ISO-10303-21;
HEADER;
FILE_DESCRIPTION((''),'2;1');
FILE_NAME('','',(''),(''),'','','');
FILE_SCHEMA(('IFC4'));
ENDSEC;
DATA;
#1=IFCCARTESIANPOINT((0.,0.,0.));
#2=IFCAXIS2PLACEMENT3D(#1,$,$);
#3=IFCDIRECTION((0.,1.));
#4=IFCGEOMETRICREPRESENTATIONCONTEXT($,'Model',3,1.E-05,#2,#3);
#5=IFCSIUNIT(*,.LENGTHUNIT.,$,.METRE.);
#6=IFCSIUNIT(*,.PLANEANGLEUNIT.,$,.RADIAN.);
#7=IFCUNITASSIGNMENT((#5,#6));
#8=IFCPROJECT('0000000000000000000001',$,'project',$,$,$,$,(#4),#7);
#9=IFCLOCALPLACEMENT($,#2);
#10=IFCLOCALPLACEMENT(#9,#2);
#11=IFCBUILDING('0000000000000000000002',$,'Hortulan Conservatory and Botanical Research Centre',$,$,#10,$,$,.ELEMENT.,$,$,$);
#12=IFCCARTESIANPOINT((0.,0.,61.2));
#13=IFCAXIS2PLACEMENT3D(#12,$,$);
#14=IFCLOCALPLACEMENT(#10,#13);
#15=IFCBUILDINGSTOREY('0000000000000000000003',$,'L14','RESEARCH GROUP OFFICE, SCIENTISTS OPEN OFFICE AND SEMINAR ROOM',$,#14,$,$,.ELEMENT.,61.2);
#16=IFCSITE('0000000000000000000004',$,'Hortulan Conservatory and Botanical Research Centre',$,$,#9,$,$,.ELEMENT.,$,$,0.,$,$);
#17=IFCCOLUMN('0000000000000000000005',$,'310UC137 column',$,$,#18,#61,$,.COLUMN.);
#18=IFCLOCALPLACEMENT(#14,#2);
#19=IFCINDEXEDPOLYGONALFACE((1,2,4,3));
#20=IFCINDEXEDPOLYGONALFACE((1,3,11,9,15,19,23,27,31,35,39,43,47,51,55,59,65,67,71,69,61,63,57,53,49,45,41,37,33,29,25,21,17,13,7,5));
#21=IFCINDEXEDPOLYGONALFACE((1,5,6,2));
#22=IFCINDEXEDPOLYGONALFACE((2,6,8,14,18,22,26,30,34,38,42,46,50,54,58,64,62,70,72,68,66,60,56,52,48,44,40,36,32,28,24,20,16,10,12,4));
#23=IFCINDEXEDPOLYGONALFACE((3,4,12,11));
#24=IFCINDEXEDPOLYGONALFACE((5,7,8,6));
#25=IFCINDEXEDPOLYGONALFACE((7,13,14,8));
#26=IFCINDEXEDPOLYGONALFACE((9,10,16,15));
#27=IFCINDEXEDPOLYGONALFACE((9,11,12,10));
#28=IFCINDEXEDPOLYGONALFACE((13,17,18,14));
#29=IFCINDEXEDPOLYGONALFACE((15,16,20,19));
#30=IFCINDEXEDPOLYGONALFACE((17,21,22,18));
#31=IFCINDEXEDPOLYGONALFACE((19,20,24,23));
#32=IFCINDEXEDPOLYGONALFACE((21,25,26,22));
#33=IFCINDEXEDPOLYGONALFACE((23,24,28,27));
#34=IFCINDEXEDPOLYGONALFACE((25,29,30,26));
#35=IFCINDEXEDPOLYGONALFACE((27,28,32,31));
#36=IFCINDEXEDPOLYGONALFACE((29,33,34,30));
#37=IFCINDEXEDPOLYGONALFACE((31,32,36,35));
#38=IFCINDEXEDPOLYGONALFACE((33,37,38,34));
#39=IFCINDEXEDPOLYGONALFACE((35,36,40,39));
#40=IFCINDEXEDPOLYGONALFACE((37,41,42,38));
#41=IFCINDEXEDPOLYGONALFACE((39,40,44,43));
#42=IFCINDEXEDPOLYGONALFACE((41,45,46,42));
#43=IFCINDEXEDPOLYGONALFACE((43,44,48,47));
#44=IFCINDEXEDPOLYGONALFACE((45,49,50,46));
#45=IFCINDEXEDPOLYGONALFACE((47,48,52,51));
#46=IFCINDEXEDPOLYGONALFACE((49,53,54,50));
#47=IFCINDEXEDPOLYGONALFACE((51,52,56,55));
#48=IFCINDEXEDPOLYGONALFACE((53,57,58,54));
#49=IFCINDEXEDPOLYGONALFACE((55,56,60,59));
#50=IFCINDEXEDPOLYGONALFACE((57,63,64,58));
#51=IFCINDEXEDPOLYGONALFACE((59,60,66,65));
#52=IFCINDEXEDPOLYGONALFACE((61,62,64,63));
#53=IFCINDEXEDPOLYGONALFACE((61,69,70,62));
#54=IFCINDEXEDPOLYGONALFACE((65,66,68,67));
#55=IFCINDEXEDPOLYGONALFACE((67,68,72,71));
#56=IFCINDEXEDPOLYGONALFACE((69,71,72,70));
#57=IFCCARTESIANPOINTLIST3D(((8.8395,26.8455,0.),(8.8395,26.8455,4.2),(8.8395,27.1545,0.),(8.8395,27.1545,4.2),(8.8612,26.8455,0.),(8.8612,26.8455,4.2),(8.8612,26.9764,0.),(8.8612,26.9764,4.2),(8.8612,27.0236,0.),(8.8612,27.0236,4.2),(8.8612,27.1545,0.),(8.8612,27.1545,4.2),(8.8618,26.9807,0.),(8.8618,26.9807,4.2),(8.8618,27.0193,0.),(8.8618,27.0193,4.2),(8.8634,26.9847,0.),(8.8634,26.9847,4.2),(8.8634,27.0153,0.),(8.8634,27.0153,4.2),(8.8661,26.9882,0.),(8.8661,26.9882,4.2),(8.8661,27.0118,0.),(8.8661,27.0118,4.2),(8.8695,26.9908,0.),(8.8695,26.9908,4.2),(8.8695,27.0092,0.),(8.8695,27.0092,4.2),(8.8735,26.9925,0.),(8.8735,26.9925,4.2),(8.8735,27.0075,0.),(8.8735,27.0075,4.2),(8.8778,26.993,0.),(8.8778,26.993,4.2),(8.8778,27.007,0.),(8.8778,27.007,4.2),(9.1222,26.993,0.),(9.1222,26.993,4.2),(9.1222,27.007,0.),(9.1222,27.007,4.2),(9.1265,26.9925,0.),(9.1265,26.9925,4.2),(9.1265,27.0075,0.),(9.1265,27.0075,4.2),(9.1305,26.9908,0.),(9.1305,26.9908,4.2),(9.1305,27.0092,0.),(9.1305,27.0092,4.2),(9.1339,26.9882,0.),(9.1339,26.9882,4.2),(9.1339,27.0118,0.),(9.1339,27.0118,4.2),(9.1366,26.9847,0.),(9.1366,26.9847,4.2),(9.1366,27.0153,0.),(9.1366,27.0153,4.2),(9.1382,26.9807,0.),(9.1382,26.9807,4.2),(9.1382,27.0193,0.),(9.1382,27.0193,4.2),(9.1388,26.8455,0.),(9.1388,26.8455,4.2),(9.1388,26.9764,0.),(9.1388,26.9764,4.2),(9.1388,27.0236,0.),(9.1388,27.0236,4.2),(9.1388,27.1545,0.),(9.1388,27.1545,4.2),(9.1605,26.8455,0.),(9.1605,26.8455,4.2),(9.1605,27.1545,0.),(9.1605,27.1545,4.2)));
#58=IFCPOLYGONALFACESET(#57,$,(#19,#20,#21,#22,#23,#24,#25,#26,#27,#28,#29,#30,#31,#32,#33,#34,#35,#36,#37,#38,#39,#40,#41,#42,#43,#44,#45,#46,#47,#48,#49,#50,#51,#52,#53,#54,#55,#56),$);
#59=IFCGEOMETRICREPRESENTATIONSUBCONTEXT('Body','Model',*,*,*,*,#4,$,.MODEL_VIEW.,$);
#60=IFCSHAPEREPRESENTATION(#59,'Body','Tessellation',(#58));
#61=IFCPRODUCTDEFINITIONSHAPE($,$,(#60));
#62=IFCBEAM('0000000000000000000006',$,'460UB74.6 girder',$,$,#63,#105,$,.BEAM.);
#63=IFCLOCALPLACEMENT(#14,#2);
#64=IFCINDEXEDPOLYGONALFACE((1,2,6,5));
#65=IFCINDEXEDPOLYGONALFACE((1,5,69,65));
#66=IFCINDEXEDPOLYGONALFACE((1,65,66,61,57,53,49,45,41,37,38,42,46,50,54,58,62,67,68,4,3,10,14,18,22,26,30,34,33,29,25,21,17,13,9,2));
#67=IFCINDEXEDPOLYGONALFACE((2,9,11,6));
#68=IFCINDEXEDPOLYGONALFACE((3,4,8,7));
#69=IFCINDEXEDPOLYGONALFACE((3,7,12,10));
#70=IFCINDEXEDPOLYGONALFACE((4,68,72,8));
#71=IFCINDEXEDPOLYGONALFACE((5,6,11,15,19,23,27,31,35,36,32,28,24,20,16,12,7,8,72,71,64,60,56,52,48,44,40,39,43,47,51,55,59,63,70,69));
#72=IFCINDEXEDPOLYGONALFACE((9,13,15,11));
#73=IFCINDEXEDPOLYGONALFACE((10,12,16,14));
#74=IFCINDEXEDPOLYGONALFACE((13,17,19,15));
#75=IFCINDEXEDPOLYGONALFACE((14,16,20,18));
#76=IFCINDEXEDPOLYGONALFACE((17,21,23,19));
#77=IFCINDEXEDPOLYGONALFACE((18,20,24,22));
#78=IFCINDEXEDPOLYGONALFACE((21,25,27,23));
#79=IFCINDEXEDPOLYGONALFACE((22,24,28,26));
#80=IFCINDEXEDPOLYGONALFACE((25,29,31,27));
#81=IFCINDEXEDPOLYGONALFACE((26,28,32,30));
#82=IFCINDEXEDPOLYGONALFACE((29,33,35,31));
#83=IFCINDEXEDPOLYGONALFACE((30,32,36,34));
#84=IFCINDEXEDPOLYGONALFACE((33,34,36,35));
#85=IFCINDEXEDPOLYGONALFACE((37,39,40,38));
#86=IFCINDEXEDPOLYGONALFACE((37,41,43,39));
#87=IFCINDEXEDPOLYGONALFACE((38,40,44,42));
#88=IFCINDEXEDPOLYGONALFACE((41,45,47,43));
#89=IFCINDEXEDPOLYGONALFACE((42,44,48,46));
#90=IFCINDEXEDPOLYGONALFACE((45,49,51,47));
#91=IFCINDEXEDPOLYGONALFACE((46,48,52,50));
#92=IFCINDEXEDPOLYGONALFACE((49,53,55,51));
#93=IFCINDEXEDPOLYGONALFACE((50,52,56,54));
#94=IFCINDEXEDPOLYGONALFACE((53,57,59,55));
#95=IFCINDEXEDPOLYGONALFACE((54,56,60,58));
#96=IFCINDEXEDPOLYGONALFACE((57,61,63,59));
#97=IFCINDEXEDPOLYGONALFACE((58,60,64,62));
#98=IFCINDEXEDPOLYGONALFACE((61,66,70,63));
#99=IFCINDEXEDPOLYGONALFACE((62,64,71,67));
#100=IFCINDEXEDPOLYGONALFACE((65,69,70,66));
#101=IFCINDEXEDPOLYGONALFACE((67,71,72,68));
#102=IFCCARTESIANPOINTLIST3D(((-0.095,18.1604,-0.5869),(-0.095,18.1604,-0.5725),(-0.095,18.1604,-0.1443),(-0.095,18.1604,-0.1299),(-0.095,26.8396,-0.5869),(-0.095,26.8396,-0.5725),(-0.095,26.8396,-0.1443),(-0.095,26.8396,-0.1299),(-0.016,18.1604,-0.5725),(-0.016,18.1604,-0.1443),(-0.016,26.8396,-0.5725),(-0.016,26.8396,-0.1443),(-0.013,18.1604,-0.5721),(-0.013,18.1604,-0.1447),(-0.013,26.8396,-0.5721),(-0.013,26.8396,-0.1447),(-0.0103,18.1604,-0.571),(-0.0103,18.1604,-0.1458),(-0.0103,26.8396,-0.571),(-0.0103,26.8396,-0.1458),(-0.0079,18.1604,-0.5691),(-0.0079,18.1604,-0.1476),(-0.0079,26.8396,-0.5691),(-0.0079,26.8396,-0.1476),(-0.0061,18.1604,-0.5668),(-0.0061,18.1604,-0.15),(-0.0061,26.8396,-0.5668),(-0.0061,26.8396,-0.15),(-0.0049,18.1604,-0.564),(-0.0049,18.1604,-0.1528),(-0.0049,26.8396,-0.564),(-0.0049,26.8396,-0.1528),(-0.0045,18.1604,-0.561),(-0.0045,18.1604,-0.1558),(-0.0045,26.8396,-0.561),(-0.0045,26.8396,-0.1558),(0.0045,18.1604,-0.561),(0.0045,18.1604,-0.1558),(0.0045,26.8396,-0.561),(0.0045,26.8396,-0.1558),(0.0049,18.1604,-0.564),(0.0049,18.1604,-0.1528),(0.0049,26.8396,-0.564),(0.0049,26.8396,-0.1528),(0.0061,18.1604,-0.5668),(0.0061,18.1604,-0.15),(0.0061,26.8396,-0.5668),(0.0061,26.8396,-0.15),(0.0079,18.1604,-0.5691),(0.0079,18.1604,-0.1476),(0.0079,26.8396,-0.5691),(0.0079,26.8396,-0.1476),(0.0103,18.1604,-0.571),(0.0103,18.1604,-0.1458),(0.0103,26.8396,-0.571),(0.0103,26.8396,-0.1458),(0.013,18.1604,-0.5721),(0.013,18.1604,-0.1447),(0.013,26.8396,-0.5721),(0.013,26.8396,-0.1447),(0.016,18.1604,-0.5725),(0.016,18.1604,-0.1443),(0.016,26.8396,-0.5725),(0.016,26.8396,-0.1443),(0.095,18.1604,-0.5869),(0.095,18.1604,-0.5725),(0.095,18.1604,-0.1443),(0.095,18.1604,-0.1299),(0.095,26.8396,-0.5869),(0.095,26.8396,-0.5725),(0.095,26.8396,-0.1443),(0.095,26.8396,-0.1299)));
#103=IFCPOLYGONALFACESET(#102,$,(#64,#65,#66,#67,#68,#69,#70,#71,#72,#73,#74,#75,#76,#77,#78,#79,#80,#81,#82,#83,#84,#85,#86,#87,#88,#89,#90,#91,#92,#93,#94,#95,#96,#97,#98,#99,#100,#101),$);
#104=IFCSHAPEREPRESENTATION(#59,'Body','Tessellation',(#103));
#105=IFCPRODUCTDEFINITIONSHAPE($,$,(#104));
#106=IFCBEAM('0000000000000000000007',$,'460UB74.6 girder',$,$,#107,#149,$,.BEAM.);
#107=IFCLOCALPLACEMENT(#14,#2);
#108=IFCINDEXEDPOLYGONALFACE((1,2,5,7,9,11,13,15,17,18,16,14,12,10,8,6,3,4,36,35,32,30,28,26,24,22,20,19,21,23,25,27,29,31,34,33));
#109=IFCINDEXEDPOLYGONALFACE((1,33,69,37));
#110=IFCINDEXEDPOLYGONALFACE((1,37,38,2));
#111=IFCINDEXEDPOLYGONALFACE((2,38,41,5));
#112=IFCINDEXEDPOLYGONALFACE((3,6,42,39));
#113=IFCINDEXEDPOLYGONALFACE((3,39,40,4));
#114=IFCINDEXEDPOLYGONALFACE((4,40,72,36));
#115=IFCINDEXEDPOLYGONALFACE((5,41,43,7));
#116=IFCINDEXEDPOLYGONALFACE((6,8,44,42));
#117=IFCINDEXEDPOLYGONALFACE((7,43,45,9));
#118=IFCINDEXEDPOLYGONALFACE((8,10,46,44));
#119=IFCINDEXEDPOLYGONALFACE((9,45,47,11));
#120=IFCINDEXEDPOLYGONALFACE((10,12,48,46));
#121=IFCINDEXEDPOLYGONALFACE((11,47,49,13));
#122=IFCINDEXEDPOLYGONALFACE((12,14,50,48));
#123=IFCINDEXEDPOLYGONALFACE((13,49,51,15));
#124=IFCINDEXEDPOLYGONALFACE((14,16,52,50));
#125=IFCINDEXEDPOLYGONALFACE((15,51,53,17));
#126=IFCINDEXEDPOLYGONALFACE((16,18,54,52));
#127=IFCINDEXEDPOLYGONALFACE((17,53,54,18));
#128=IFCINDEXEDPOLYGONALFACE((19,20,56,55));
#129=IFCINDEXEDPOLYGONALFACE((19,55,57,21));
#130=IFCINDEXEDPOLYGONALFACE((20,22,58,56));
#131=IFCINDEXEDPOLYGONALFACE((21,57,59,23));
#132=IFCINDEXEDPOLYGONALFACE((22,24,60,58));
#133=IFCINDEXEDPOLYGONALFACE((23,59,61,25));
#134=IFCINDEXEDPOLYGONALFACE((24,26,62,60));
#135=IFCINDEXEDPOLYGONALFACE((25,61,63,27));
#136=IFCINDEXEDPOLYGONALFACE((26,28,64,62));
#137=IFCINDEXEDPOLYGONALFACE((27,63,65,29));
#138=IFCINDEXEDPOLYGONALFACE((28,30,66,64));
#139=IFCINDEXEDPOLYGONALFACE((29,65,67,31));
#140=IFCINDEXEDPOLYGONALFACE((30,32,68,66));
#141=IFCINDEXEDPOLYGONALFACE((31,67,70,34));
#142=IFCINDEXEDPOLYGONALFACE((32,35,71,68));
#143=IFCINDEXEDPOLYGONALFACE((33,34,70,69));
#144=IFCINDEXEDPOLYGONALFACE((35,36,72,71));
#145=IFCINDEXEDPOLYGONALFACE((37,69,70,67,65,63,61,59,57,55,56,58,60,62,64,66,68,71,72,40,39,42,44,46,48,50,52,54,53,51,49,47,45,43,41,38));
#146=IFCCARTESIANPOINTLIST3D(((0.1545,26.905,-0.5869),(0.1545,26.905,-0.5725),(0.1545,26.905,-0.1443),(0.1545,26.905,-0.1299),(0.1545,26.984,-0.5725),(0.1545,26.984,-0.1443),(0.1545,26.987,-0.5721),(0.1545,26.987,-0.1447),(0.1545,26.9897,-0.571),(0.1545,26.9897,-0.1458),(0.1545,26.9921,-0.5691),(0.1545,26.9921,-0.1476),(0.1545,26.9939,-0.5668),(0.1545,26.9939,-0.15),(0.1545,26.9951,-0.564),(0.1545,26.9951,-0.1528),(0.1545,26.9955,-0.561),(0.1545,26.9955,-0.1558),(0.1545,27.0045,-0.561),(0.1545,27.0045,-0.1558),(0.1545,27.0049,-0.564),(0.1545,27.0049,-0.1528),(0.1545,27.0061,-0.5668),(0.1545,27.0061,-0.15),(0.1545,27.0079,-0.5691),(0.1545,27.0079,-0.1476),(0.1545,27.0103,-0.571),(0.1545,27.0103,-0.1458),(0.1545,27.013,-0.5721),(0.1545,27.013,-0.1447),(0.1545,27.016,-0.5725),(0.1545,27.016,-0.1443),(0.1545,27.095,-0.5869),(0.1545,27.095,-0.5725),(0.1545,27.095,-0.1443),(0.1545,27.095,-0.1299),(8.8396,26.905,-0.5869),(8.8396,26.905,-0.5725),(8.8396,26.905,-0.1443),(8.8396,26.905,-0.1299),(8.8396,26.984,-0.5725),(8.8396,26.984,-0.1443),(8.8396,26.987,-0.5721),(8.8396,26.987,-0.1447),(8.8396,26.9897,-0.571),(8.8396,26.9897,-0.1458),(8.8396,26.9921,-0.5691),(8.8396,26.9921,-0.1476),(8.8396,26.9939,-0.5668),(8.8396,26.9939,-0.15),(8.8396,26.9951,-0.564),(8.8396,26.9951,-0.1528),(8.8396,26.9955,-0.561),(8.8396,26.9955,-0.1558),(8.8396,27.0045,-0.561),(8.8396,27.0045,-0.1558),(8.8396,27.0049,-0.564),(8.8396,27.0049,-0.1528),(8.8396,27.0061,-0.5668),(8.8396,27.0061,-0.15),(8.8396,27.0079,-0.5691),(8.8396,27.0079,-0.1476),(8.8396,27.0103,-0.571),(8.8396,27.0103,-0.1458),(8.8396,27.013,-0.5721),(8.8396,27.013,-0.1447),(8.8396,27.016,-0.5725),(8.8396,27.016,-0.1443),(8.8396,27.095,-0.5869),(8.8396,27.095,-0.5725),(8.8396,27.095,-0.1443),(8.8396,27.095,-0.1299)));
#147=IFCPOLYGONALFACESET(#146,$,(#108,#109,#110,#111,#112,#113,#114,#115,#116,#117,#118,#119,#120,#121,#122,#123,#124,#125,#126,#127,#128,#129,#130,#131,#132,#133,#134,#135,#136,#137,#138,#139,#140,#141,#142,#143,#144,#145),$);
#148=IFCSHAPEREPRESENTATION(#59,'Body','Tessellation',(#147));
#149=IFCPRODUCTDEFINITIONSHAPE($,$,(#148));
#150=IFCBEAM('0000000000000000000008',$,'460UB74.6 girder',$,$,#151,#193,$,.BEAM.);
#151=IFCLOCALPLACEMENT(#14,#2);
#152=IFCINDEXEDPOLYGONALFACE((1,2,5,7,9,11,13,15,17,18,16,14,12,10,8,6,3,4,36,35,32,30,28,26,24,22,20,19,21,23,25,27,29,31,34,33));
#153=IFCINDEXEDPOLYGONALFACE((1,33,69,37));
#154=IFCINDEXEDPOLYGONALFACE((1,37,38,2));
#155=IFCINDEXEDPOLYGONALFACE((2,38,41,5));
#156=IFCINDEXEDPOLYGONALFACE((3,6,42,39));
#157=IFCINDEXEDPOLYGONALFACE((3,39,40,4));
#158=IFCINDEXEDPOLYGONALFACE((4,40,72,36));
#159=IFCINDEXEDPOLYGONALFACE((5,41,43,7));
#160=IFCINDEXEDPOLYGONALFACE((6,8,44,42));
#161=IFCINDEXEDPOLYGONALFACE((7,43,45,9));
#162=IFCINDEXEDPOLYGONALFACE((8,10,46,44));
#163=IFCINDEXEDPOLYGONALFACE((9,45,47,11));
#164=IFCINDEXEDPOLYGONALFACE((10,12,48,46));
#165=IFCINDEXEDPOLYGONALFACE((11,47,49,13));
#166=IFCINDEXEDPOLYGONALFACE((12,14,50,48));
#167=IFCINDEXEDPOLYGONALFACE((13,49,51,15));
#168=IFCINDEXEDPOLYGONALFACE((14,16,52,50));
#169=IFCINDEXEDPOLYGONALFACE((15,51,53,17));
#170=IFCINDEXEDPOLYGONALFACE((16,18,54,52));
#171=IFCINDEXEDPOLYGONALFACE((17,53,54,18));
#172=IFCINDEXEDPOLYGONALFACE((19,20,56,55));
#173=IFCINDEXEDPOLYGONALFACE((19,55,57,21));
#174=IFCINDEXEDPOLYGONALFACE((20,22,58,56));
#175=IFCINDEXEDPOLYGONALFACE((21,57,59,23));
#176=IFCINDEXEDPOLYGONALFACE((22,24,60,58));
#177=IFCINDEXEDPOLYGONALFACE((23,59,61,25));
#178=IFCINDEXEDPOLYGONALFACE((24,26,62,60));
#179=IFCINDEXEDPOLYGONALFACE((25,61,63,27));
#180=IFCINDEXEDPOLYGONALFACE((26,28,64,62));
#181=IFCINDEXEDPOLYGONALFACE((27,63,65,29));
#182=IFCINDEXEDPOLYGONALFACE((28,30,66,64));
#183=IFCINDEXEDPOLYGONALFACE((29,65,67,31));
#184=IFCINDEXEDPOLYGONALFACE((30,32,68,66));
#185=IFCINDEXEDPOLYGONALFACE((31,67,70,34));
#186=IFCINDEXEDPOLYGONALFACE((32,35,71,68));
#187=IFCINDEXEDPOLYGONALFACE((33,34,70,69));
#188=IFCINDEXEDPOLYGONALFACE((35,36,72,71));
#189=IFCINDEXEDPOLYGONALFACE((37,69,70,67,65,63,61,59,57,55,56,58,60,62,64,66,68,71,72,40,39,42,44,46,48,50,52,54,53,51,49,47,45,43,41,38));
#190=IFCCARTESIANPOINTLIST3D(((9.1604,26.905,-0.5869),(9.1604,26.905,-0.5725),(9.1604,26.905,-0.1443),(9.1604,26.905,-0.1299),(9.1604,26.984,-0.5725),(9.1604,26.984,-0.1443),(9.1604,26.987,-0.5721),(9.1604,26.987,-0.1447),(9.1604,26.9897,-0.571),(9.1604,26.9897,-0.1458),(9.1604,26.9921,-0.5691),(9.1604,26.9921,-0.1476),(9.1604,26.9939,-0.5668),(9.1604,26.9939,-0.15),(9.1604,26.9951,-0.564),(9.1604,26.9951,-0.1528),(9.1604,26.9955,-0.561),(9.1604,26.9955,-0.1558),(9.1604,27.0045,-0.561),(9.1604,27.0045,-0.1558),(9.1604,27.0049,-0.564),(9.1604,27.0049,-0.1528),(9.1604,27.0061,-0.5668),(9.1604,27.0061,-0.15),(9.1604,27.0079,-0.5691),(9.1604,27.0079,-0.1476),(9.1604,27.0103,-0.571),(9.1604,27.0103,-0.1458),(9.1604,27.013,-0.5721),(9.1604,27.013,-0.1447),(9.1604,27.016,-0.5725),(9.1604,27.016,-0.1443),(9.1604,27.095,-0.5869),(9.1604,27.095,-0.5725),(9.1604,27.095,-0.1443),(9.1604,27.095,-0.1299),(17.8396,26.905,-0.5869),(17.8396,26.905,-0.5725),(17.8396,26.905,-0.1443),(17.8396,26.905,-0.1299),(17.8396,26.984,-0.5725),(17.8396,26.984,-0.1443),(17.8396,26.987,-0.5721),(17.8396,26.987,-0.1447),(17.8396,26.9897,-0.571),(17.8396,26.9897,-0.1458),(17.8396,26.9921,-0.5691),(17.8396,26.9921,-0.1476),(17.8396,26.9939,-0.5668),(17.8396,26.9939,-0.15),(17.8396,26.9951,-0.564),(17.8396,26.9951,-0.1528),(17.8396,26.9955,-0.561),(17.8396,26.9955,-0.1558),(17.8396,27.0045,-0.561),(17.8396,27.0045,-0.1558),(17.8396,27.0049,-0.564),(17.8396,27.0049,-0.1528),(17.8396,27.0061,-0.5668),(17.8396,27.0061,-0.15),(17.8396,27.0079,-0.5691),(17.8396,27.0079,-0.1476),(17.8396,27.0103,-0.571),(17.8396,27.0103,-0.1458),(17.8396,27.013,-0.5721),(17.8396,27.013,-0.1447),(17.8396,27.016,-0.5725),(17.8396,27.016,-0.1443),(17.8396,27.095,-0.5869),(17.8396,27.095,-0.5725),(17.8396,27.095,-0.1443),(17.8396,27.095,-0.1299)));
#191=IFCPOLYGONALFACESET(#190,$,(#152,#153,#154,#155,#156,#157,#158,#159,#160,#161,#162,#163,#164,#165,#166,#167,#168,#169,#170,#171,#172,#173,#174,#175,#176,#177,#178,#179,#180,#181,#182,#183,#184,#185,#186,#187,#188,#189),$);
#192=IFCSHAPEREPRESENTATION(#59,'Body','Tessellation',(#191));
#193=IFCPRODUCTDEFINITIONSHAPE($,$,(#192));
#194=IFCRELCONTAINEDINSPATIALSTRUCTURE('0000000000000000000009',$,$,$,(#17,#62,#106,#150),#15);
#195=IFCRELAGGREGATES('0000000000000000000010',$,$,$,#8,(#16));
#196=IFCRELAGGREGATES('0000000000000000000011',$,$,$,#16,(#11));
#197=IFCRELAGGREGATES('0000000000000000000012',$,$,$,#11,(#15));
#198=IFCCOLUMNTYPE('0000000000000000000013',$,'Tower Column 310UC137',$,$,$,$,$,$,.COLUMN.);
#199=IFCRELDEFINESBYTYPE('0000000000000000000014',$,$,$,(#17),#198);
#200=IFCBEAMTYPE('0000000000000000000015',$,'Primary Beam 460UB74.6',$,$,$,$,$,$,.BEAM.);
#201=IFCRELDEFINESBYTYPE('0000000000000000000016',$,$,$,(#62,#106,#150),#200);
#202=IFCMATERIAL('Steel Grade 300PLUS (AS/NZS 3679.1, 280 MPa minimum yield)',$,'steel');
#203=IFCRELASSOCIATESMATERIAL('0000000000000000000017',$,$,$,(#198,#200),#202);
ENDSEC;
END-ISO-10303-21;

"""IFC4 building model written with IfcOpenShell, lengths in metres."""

from ifc_helpers import new_model, si_unit, direction, frame, origin, origin_2d, place, context, subcontext, project, spatial, i_section, extrude, material, material_profile, profile_set, type_object, element, save


model = new_model("IFC4")

# Units and contexts
model_context = context("Model", 3, precision=1e-05, world=origin(), true_north=direction((0.0, 1.0)))
body_context = subcontext(model_context, "Body", "Model", "MODEL_VIEW")
ifc_project = project(units=[si_unit("LENGTHUNIT", "METRE"), si_unit("PLANEANGLEUNIT", "RADIAN")], contexts=[model_context])

# Site, building, storey
site_placement = place(None, origin())
site = spatial("IfcSite", under=ifc_project, at=site_placement, Name="Hortulan Conservatory and Botanical Research Centre", CompositionType="ELEMENT", RefElevation=0.0)
building_placement = place(site_placement, origin())
building = spatial("IfcBuilding", under=site, at=building_placement, Name="Hortulan Conservatory and Botanical Research Centre", CompositionType="ELEMENT")
storey_placement = place(building_placement, frame((0.0, 0.0, 61.2)))
storey = spatial("IfcBuildingStorey", under=building, at=storey_placement, Name="L14", Description="RESEARCH GROUP OFFICE, SCIENTISTS OPEN OFFICE AND SEMINAR ROOM", CompositionType="ELEMENT", Elevation=61.2)

# Column
ifc_material_1 = material(Name="Steel Grade 300PLUS (AS/NZS 3679.1, 280 MPa minimum yield)", Category="steel")
ifc_material_profile_1 = material_profile(ifc_material_1, i_section(OverallWidth=0.3091, OverallDepth=0.321, WebThickness=0.0139, FlangeThickness=0.0217, FilletRadius=0.0166, at=origin_2d()), Name="310UC137")
ifc_profile_set_1 = profile_set([ifc_material_profile_1], Name="Steel Grade 300PLUS (AS/NZS 3679.1, 280 MPa minimum yield)")
column_type = type_object("IfcColumnType", Name="Tower Column 310UC137", PredefinedType="COLUMN", material=ifc_profile_set_1)
column_placement = place(storey_placement, frame((9.0, 27.0, 0.0), z_axis=(0.0, 0.0, 1.0), x_axis=(0.0, 1.0, 0.0)))
element("IfcColumn", 1, at=column_placement, inside=storey, type_object=column_type, Name="310UC137 column", PredefinedType="COLUMN", context=body_context, shape_type="SweptSolid", body=[
    extrude(i_section(OverallWidth=0.3091, OverallDepth=0.321, WebThickness=0.0139, FlangeThickness=0.0217, FilletRadius=0.0166, at=origin_2d()), origin(), (0.0, 0.0, 1.0), 4.2),
])

# Beams
ifc_material_profile_2 = material_profile(ifc_material_1, i_section(OverallWidth=0.1899, OverallDepth=0.457, WebThickness=0.009, FlangeThickness=0.0144, FilletRadius=0.0115, at=origin_2d()), Name="460UB74.6")
ifc_profile_set_2 = profile_set([ifc_material_profile_2], Name="Steel Grade 300PLUS (AS/NZS 3679.1, 280 MPa minimum yield)")
beam_type_1 = type_object("IfcBeamType", Name="Primary Beam 460UB74.6", PredefinedType="BEAM", material=ifc_profile_set_2)
beam_1_placement = place(storey_placement, frame((0.0, 18.1604, -0.3584), z_axis=(0.0, 1.0, 0.0), x_axis=(-1.0, 0.0, 0.0)))
element("IfcBeam", 2, at=beam_1_placement, inside=storey, type_object=beam_type_1, Name="460UB74.6 girder", PredefinedType="BEAM", context=body_context, shape_type="SweptSolid", body=[
    extrude(i_section(OverallWidth=0.1899, OverallDepth=0.457, WebThickness=0.009, FlangeThickness=0.0144, FilletRadius=0.0115, at=origin_2d()), origin(), (0.0, 0.0, 1.0), 8.6792),
])
beam_2_placement = place(storey_placement, frame((0.1545, 27.0, -0.3584), z_axis=(1.0, 0.0, 0.0), x_axis=(0.0, 1.0, 0.0)))
element("IfcBeam", 3, at=beam_2_placement, inside=storey, type_object=beam_type_1, Name="460UB74.6 girder", PredefinedType="BEAM", context=body_context, shape_type="SweptSolid", body=[
    extrude(i_section(OverallWidth=0.1899, OverallDepth=0.457, WebThickness=0.009, FlangeThickness=0.0144, FilletRadius=0.0115, at=origin_2d()), origin(), (0.0, 0.0, 1.0), 8.6851),
])
beam_3_placement = place(storey_placement, frame((9.1604, 27.0, -0.3584), z_axis=(1.0, 0.0, 0.0), x_axis=(0.0, 1.0, 0.0)))
element("IfcBeam", 4, at=beam_3_placement, inside=storey, type_object=beam_type_1, Name="460UB74.6 girder", PredefinedType="BEAM", context=body_context, shape_type="SweptSolid", body=[
    extrude(i_section(OverallWidth=0.1899, OverallDepth=0.457, WebThickness=0.009, FlangeThickness=0.0144, FilletRadius=0.0115, at=origin_2d()), origin(), (0.0, 0.0, 1.0), 8.6792),
])

save(model, "model.ifc")
